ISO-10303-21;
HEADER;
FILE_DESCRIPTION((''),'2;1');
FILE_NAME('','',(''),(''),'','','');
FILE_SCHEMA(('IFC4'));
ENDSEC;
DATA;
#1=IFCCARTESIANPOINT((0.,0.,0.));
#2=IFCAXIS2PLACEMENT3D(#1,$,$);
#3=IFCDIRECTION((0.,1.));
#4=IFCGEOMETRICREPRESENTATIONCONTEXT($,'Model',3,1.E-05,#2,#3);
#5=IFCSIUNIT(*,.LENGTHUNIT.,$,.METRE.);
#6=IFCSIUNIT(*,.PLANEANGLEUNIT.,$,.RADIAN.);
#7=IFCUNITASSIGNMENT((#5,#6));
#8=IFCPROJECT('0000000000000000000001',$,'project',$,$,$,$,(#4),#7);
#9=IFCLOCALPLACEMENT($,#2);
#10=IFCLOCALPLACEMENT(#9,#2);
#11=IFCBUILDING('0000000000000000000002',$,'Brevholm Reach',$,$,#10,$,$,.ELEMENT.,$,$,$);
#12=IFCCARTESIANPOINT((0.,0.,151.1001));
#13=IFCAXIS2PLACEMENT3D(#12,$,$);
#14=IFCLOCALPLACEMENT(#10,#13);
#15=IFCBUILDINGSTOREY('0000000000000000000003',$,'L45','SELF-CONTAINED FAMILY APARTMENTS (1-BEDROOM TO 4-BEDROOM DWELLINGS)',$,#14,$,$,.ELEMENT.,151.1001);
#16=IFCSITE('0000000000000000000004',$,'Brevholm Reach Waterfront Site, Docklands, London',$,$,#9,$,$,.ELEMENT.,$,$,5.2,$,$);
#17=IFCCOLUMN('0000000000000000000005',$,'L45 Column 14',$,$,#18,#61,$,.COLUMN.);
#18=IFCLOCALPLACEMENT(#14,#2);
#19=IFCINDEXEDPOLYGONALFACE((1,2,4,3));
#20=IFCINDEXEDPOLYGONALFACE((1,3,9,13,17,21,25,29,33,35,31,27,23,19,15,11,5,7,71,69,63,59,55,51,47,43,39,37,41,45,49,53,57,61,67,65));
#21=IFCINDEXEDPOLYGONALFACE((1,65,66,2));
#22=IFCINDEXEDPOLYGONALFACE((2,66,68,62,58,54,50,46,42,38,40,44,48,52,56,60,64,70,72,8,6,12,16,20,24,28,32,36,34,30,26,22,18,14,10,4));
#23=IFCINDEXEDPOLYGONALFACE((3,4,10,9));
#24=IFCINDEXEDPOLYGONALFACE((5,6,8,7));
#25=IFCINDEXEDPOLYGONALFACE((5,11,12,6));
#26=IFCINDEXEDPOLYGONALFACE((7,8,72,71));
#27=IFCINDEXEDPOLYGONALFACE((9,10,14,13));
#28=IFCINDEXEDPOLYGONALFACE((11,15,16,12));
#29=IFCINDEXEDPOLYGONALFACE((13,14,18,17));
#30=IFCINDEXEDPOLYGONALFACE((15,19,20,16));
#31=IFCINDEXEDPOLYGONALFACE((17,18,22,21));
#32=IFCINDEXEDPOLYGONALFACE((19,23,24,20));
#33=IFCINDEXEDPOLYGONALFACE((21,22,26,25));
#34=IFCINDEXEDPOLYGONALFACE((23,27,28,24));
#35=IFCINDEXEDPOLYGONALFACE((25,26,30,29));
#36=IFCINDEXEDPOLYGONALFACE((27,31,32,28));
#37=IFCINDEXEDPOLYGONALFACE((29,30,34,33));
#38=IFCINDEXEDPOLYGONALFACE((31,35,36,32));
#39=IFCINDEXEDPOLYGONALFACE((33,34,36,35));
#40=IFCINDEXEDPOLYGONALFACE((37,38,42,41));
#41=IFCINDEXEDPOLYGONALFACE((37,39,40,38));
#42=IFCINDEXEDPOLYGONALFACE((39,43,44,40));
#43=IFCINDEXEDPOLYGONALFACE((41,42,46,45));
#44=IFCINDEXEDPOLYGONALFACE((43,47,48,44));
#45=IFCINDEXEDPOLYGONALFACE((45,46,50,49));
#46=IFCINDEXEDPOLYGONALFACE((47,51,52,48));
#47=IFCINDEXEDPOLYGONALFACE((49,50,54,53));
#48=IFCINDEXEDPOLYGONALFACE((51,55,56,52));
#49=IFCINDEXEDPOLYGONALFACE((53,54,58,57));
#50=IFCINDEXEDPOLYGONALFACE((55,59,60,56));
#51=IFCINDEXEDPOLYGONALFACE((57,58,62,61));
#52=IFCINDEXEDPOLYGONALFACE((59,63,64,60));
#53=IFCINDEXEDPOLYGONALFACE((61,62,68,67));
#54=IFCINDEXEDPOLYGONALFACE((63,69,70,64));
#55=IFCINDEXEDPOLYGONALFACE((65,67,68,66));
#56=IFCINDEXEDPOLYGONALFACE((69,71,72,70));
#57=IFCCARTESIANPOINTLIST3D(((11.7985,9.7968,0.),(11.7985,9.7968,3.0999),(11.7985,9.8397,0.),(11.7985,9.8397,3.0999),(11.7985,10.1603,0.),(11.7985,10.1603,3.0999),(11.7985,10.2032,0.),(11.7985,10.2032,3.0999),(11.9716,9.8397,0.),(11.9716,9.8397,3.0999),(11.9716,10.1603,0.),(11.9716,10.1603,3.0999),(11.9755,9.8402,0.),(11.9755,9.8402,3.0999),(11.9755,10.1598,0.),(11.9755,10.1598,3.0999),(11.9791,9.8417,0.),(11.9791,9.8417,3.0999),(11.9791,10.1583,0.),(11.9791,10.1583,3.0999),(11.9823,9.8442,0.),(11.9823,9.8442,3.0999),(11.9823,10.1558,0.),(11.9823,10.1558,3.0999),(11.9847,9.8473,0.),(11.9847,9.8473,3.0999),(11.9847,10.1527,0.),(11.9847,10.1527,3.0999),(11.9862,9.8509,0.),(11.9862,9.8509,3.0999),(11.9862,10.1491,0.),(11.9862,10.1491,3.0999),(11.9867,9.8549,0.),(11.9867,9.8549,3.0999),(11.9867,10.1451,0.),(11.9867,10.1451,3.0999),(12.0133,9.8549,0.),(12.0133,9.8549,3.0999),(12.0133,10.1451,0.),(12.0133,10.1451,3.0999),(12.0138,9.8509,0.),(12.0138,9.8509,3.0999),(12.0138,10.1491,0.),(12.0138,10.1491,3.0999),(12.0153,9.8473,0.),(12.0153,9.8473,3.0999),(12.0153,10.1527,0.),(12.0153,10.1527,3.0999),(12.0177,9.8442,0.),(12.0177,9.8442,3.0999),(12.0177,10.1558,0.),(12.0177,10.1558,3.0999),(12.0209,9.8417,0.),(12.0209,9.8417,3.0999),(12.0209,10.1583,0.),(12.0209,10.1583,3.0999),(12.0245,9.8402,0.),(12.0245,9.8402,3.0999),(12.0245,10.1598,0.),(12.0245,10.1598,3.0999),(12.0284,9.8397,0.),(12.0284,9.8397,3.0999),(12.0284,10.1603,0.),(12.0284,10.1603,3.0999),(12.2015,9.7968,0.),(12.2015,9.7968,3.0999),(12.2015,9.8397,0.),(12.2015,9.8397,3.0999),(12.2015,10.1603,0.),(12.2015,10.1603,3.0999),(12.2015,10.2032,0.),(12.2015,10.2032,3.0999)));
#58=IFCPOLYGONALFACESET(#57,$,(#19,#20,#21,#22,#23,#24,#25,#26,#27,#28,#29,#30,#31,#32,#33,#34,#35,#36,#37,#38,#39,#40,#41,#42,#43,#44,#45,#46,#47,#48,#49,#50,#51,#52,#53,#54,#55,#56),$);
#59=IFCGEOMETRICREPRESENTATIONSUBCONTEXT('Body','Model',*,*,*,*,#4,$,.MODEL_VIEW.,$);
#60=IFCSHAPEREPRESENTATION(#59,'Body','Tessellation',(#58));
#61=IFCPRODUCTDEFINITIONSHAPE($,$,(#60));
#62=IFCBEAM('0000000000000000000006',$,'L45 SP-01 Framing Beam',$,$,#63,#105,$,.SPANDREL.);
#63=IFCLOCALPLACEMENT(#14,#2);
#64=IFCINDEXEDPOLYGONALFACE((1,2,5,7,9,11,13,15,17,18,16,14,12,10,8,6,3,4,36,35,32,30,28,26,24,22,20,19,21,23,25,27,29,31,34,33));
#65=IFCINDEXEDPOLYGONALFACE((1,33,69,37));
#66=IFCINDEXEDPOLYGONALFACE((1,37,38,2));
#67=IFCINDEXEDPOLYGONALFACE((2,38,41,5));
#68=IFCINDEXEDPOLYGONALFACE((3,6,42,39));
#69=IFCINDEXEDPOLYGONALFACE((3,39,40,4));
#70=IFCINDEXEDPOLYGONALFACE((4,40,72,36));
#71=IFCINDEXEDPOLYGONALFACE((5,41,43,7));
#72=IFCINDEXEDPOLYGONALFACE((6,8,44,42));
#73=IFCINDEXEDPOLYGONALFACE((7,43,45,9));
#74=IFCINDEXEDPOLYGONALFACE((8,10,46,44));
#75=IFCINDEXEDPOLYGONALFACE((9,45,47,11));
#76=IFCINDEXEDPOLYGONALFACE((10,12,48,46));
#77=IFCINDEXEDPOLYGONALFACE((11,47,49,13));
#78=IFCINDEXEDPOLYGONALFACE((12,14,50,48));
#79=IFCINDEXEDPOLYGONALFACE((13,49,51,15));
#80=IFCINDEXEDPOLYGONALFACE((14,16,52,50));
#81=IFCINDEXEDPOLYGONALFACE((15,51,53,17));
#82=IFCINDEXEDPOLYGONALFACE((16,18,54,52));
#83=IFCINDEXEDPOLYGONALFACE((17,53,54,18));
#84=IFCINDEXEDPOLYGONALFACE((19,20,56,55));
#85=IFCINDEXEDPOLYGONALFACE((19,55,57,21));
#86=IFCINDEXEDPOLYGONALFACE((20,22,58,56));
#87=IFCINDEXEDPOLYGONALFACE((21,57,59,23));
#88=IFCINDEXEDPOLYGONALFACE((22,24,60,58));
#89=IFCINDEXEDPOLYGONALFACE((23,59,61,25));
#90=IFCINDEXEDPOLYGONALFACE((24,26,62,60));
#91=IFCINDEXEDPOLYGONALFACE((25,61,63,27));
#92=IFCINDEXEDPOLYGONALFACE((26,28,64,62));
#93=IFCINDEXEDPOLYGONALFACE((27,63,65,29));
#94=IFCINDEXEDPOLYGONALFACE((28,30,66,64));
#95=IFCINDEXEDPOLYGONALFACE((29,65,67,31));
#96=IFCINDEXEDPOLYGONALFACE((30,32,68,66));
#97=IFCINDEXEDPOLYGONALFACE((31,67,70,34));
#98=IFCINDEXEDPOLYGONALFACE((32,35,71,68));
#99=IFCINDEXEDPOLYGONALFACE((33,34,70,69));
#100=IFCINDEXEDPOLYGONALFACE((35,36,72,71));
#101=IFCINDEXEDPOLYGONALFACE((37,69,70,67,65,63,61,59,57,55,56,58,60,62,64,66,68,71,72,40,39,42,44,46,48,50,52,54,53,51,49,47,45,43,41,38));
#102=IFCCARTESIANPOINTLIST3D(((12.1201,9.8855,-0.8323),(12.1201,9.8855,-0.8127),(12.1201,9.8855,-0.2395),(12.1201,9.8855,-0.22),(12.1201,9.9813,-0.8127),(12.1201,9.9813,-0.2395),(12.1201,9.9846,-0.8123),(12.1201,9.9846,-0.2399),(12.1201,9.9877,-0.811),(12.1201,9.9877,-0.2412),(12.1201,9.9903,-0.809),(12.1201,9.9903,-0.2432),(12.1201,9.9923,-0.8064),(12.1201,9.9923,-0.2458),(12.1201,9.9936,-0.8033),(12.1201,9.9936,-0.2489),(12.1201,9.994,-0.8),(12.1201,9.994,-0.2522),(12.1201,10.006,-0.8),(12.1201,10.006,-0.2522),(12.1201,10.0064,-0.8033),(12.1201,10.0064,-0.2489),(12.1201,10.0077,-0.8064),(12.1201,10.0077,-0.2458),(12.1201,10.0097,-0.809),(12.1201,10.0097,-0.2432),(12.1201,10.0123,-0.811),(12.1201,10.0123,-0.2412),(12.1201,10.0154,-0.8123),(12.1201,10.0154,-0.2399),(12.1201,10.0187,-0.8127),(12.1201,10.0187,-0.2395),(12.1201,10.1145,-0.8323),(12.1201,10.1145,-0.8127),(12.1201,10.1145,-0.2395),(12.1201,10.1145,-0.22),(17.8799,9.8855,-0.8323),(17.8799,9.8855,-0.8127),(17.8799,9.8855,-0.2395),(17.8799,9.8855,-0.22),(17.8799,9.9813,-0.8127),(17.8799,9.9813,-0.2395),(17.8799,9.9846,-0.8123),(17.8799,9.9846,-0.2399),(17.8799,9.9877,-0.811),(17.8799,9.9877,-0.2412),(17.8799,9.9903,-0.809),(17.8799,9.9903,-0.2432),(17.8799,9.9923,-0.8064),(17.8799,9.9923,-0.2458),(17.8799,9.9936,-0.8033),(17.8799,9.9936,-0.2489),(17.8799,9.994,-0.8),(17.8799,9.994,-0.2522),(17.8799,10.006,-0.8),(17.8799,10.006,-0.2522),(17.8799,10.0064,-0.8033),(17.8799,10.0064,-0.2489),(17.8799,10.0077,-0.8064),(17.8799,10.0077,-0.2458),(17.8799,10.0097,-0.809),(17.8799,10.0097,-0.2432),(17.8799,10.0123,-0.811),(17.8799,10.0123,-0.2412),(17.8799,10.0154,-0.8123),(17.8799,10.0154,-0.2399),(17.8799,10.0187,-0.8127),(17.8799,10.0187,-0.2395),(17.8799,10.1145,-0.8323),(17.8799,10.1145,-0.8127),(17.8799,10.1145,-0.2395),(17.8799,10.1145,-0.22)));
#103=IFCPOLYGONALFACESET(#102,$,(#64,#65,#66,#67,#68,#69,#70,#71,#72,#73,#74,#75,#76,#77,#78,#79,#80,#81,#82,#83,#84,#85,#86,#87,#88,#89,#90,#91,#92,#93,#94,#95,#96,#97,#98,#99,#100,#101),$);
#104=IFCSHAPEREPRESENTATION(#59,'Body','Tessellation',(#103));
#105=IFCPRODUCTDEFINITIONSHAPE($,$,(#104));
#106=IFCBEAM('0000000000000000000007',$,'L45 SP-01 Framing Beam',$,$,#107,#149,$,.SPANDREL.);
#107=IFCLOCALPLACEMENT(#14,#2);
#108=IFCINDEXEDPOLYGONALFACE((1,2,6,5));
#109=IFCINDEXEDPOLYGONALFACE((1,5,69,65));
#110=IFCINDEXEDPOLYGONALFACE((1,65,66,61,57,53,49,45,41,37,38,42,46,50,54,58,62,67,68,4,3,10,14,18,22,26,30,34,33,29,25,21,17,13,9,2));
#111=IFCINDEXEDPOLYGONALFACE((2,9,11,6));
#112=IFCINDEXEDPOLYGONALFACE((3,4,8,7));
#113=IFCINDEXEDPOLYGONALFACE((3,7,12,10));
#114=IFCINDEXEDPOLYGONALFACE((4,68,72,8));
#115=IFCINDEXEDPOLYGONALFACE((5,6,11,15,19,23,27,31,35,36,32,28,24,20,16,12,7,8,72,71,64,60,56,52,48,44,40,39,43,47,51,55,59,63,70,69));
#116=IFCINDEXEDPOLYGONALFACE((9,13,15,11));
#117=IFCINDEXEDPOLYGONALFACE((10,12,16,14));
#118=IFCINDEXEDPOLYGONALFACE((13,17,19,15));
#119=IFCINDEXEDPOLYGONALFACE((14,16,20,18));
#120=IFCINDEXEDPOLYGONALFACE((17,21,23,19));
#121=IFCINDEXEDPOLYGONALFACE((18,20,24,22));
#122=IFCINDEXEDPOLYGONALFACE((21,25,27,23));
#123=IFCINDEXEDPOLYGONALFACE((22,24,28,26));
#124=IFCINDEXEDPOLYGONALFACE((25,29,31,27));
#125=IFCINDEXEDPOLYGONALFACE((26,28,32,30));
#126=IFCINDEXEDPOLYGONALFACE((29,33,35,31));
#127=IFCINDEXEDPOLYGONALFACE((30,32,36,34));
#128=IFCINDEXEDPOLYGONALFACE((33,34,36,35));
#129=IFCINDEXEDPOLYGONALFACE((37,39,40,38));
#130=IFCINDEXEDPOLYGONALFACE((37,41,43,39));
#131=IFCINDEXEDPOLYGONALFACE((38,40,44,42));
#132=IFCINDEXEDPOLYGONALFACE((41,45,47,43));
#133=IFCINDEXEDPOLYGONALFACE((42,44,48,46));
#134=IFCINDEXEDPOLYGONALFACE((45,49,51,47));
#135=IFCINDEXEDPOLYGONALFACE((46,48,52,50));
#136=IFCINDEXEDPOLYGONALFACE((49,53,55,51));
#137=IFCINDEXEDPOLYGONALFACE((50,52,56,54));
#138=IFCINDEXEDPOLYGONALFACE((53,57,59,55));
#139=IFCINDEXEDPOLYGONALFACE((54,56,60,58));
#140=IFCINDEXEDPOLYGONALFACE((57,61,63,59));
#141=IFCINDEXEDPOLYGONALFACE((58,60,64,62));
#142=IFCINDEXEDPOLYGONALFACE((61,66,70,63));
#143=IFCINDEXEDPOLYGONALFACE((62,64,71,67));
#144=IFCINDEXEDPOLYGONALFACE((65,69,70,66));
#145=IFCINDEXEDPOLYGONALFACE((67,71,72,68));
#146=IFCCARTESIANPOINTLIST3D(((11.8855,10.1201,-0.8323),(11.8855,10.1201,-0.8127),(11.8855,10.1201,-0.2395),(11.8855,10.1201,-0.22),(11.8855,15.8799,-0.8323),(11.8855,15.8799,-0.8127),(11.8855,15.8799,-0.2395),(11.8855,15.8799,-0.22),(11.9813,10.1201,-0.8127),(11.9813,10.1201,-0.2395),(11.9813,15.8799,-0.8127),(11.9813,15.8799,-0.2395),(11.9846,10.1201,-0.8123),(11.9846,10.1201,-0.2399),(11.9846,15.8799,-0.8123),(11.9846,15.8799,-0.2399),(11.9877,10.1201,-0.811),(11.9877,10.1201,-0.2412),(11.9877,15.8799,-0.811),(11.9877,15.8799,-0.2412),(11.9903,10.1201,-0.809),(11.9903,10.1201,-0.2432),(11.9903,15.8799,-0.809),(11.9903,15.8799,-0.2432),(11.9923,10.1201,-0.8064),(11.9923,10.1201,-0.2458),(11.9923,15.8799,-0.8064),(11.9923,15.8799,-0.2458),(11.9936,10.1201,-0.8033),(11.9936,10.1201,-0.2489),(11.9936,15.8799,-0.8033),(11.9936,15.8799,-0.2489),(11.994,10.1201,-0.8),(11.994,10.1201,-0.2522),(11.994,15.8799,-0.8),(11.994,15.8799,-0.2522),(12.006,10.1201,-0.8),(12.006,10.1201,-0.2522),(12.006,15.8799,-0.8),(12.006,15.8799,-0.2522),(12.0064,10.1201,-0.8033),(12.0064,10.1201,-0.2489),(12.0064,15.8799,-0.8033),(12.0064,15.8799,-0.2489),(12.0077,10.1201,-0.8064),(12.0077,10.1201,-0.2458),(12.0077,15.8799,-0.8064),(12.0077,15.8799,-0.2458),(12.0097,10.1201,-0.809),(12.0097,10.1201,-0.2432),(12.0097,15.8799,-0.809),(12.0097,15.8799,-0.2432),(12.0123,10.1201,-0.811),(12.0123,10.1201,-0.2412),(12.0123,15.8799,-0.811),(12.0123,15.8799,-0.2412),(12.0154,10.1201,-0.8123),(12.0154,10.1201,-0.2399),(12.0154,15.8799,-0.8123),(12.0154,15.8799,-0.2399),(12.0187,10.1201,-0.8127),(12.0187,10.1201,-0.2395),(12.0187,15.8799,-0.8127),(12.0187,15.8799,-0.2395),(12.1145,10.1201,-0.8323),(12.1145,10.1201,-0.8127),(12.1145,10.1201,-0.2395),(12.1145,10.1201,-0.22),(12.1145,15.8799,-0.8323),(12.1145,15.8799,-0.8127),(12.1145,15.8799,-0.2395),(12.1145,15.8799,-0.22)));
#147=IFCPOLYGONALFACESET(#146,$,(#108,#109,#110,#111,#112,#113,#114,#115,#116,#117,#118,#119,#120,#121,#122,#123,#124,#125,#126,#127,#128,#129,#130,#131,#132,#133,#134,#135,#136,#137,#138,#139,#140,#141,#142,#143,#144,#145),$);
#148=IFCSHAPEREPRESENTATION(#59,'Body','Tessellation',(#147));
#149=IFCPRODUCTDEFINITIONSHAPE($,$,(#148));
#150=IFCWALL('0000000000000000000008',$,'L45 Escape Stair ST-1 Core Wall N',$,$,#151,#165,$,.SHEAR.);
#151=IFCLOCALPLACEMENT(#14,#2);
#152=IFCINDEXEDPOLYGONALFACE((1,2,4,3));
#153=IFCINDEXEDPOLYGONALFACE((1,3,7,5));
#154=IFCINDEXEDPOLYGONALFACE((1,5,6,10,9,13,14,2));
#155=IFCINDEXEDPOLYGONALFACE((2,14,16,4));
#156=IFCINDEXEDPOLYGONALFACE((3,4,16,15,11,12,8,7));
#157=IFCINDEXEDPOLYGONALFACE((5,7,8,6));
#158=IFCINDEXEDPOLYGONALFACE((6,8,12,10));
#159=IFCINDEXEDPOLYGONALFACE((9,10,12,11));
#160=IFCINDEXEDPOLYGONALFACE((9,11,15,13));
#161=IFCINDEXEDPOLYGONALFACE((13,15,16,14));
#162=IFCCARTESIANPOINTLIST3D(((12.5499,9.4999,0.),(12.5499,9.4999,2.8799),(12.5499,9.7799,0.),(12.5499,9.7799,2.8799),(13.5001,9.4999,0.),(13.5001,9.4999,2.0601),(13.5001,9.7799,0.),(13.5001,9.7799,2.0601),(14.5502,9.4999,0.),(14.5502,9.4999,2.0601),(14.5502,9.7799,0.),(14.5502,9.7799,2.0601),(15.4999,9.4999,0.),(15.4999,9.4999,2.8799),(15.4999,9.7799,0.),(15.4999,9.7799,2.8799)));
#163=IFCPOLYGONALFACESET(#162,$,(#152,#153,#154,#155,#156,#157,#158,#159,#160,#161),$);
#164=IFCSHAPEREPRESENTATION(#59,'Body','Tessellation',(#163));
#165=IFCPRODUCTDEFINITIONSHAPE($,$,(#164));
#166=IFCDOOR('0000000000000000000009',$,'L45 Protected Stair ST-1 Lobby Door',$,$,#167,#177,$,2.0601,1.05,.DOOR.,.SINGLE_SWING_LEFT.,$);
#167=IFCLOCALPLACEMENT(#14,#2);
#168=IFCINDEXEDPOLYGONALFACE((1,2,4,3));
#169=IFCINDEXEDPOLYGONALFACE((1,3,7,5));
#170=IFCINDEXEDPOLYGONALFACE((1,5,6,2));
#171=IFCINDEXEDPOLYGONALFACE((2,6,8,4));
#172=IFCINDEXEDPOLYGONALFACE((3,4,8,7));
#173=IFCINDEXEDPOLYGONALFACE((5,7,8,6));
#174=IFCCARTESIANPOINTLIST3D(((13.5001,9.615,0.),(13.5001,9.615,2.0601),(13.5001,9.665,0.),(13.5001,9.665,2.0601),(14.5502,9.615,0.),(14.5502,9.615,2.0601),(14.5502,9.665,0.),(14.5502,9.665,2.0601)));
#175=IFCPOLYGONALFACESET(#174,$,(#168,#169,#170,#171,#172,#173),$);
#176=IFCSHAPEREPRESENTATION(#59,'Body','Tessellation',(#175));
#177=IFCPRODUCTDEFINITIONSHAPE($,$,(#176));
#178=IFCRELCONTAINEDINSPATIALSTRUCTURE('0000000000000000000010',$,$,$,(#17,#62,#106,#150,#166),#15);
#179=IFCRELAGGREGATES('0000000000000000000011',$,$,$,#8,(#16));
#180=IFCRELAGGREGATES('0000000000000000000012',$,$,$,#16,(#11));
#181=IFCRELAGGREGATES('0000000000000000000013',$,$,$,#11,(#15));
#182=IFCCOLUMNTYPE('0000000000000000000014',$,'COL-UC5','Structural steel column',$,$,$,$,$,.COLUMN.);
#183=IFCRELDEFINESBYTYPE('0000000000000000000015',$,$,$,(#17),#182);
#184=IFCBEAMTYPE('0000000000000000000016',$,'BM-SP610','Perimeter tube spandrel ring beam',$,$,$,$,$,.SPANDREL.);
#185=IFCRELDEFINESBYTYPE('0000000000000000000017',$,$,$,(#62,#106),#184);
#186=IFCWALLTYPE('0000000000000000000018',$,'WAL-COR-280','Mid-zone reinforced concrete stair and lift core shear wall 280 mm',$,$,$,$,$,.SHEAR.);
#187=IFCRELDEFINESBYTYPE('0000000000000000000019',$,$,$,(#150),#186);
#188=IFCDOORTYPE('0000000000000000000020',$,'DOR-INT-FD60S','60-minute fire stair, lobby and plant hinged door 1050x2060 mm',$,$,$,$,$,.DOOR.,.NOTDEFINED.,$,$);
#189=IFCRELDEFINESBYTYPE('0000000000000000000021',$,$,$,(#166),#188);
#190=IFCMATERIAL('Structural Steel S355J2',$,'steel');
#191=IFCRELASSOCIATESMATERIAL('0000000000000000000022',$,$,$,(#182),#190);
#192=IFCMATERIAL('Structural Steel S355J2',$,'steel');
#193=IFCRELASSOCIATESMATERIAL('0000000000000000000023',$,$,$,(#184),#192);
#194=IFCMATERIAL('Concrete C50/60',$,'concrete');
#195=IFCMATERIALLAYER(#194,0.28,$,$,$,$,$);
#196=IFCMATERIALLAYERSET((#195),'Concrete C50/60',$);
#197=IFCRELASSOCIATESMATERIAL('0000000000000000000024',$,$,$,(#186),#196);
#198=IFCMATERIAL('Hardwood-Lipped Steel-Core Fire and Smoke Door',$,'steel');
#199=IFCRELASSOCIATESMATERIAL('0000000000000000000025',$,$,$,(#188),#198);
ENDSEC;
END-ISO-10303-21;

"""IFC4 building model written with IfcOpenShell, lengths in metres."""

from ifc_helpers import new_model, si_unit, direction, frame, frame_2d, origin, origin_2d, place, context, subcontext, project, spatial, rectangle, i_section, extrude, material, layer, layer_set, material_profile, profile_set, type_object, element, fill, save


model = new_model("IFC4")

# Units and contexts
model_context = context("Model", 3, precision=1e-05, world=origin(), true_north=direction((0.0, 1.0)))
body_context = subcontext(model_context, "Body", "Model", "MODEL_VIEW")
ifc_project = project(units=[si_unit("LENGTHUNIT", "METRE"), si_unit("PLANEANGLEUNIT", "RADIAN")], contexts=[model_context])

# Site, building, storey
site_placement = place(None, origin())
site = spatial("IfcSite", under=ifc_project, at=site_placement, Name="Brevholm Reach Waterfront Site, Docklands, London", CompositionType="ELEMENT", RefElevation=5.2)
building_placement = place(site_placement, origin())
building = spatial("IfcBuilding", under=site, at=building_placement, Name="Brevholm Reach", CompositionType="ELEMENT")
storey_placement = place(building_placement, frame((0.0, 0.0, 151.1001)))
storey = spatial("IfcBuildingStorey", under=building, at=storey_placement, Name="L45", Description="SELF-CONTAINED FAMILY APARTMENTS (1-BEDROOM TO 4-BEDROOM DWELLINGS)", CompositionType="ELEMENT", Elevation=151.1001)

# Column
ifc_material_1 = material(Name="Structural Steel S355J2", Category="steel")
ifc_material_profile_1 = material_profile(ifc_material_1, i_section(OverallWidth=0.4031, OverallDepth=0.4065, WebThickness=0.0266, FlangeThickness=0.043, FilletRadius=0.0151, at=origin_2d()), Name="UKC 356x406x340")
ifc_profile_set_1 = profile_set([ifc_material_profile_1], Name="Structural Steel S355J2")
column_type = type_object("IfcColumnType", Name="COL-UC5", Description="Structural steel column", PredefinedType="COLUMN", material=ifc_profile_set_1)
column_placement = place(storey_placement, frame((12.0, 10.0, 0.0), z_axis=(0.0, 0.0, 1.0), x_axis=(1.0, 0.0, 0.0)))
element("IfcColumn", 1, at=column_placement, inside=storey, type_object=column_type, Name="L45 Column 14", PredefinedType="COLUMN", context=body_context, shape_type="SweptSolid", body=[
    extrude(i_section(OverallWidth=0.4031, OverallDepth=0.4065, WebThickness=0.0266, FlangeThickness=0.043, FilletRadius=0.0151, at=origin_2d()), origin(), (0.0, 0.0, 1.0), 3.0999),
])

# Beams
ifc_material_2 = material(Name="Structural Steel S355J2", Category="steel")
ifc_material_profile_2 = material_profile(ifc_material_2, i_section(OverallWidth=0.229, OverallDepth=0.6123, WebThickness=0.012, FlangeThickness=0.0195, FilletRadius=0.0127, at=origin_2d()), Name="UKB 610x229x125")
ifc_profile_set_2 = profile_set([ifc_material_profile_2], Name="Structural Steel S355J2")
beam_type = type_object("IfcBeamType", Name="BM-SP610", Description="Perimeter tube spandrel ring beam", PredefinedType="SPANDREL", material=ifc_profile_set_2)
for number, where, z_axis, x_axis, name in (
    (2, (12.1201, 10.0, -0.5261), (1.0, 0.0, 0.0), (0.0, 1.0, 0.0), "L45 SP-01 Framing Beam"),
    (3, (12.0, 10.1201, -0.5261), (0.0, 1.0, 0.0), (-1.0, 0.0, 0.0), "L45 SP-01 Framing Beam"),
):
    element("IfcBeam", number, at=place(storey_placement, frame(where, z_axis=z_axis, x_axis=x_axis)), inside=storey, type_object=beam_type, Name=name, PredefinedType="SPANDREL", context=body_context, shape_type="SweptSolid", body=[
        extrude(i_section(OverallWidth=0.229, OverallDepth=0.6123, WebThickness=0.012, FlangeThickness=0.0195, FilletRadius=0.0127, at=origin_2d()), origin(), (0.0, 0.0, 1.0), 5.7598),
    ])

# Wall, opening, door
ifc_material_3 = material(Name="Concrete C50/60", Category="concrete")
ifc_layer_1 = layer(ifc_material_3, 0.28)
ifc_layer_set_1 = layer_set([ifc_layer_1], Name="Concrete C50/60")
wall_type_1 = type_object("IfcWallType", Name="WAL-COR-280", Description="Mid-zone reinforced concrete stair and lift core shear wall 280 mm", PredefinedType="SHEAR", material=ifc_layer_set_1)
wall_1_placement = place(storey_placement, frame((15.5, 9.6399, 0.0), z_axis=(0.0, 0.0, 1.0), x_axis=(-1.0, 0.0, 0.0)))
wall_1 = element("IfcWall", 4, at=wall_1_placement, inside=storey, type_object=wall_type_1, Name="L45 Escape Stair ST-1 Core Wall N", PredefinedType="SHEAR", context=body_context, shape_type="SweptSolid", body=[
    extrude(rectangle(XDim=2.95, YDim=0.28, at=frame_2d((1.4751, 0.0))), origin(), (0.0, 0.0, 1.0), 2.8799),
])
opening_1_placement = place(wall_1_placement, frame((0.95, 0.0, 0.0)))
opening_1 = element("IfcOpeningElement", 5, at=opening_1_placement, cuts=wall_1, PredefinedType="OPENING", context=body_context, shape_type="SweptSolid", body=[
    extrude(rectangle(XDim=1.05, YDim=2.0601, at=frame_2d((0.5249, 1.03))), frame((0.0, 0.1499, 0.0), z_axis=(0.0, -1.0, 0.0), x_axis=(1.0, 0.0, 0.0)), (0.0, 0.0, 1.0), 0.3),
])
ifc_material_4 = material(Name="Hardwood-Lipped Steel-Core Fire and Smoke Door", Category="steel")
door_type_1 = type_object("IfcDoorType", Name="DOR-INT-FD60S", Description="60-minute fire stair, lobby and plant hinged door 1050x2060 mm", OperationType="NOTDEFINED", PredefinedType="DOOR", material=ifc_material_4)
door_1_placement = place(opening_1_placement, origin())
door_1 = element("IfcDoor", 6, at=door_1_placement, inside=storey, type_object=door_type_1, Name="L45 Protected Stair ST-1 Lobby Door", OperationType="SINGLE_SWING_LEFT", OverallHeight=2.0601, OverallWidth=1.05, PredefinedType="DOOR", context=body_context, shape_type="SweptSolid", body=[
    extrude(rectangle(XDim=1.05, YDim=2.0601, at=frame_2d((0.5249, 1.03))), frame((0.0, 0.0249, 0.0), z_axis=(0.0, -1.0, 0.0), x_axis=(1.0, 0.0, 0.0)), (0.0, 0.0, 1.0), 0.05),
])
fill(opening_1, door_1)

save(model, "model.ifc")
